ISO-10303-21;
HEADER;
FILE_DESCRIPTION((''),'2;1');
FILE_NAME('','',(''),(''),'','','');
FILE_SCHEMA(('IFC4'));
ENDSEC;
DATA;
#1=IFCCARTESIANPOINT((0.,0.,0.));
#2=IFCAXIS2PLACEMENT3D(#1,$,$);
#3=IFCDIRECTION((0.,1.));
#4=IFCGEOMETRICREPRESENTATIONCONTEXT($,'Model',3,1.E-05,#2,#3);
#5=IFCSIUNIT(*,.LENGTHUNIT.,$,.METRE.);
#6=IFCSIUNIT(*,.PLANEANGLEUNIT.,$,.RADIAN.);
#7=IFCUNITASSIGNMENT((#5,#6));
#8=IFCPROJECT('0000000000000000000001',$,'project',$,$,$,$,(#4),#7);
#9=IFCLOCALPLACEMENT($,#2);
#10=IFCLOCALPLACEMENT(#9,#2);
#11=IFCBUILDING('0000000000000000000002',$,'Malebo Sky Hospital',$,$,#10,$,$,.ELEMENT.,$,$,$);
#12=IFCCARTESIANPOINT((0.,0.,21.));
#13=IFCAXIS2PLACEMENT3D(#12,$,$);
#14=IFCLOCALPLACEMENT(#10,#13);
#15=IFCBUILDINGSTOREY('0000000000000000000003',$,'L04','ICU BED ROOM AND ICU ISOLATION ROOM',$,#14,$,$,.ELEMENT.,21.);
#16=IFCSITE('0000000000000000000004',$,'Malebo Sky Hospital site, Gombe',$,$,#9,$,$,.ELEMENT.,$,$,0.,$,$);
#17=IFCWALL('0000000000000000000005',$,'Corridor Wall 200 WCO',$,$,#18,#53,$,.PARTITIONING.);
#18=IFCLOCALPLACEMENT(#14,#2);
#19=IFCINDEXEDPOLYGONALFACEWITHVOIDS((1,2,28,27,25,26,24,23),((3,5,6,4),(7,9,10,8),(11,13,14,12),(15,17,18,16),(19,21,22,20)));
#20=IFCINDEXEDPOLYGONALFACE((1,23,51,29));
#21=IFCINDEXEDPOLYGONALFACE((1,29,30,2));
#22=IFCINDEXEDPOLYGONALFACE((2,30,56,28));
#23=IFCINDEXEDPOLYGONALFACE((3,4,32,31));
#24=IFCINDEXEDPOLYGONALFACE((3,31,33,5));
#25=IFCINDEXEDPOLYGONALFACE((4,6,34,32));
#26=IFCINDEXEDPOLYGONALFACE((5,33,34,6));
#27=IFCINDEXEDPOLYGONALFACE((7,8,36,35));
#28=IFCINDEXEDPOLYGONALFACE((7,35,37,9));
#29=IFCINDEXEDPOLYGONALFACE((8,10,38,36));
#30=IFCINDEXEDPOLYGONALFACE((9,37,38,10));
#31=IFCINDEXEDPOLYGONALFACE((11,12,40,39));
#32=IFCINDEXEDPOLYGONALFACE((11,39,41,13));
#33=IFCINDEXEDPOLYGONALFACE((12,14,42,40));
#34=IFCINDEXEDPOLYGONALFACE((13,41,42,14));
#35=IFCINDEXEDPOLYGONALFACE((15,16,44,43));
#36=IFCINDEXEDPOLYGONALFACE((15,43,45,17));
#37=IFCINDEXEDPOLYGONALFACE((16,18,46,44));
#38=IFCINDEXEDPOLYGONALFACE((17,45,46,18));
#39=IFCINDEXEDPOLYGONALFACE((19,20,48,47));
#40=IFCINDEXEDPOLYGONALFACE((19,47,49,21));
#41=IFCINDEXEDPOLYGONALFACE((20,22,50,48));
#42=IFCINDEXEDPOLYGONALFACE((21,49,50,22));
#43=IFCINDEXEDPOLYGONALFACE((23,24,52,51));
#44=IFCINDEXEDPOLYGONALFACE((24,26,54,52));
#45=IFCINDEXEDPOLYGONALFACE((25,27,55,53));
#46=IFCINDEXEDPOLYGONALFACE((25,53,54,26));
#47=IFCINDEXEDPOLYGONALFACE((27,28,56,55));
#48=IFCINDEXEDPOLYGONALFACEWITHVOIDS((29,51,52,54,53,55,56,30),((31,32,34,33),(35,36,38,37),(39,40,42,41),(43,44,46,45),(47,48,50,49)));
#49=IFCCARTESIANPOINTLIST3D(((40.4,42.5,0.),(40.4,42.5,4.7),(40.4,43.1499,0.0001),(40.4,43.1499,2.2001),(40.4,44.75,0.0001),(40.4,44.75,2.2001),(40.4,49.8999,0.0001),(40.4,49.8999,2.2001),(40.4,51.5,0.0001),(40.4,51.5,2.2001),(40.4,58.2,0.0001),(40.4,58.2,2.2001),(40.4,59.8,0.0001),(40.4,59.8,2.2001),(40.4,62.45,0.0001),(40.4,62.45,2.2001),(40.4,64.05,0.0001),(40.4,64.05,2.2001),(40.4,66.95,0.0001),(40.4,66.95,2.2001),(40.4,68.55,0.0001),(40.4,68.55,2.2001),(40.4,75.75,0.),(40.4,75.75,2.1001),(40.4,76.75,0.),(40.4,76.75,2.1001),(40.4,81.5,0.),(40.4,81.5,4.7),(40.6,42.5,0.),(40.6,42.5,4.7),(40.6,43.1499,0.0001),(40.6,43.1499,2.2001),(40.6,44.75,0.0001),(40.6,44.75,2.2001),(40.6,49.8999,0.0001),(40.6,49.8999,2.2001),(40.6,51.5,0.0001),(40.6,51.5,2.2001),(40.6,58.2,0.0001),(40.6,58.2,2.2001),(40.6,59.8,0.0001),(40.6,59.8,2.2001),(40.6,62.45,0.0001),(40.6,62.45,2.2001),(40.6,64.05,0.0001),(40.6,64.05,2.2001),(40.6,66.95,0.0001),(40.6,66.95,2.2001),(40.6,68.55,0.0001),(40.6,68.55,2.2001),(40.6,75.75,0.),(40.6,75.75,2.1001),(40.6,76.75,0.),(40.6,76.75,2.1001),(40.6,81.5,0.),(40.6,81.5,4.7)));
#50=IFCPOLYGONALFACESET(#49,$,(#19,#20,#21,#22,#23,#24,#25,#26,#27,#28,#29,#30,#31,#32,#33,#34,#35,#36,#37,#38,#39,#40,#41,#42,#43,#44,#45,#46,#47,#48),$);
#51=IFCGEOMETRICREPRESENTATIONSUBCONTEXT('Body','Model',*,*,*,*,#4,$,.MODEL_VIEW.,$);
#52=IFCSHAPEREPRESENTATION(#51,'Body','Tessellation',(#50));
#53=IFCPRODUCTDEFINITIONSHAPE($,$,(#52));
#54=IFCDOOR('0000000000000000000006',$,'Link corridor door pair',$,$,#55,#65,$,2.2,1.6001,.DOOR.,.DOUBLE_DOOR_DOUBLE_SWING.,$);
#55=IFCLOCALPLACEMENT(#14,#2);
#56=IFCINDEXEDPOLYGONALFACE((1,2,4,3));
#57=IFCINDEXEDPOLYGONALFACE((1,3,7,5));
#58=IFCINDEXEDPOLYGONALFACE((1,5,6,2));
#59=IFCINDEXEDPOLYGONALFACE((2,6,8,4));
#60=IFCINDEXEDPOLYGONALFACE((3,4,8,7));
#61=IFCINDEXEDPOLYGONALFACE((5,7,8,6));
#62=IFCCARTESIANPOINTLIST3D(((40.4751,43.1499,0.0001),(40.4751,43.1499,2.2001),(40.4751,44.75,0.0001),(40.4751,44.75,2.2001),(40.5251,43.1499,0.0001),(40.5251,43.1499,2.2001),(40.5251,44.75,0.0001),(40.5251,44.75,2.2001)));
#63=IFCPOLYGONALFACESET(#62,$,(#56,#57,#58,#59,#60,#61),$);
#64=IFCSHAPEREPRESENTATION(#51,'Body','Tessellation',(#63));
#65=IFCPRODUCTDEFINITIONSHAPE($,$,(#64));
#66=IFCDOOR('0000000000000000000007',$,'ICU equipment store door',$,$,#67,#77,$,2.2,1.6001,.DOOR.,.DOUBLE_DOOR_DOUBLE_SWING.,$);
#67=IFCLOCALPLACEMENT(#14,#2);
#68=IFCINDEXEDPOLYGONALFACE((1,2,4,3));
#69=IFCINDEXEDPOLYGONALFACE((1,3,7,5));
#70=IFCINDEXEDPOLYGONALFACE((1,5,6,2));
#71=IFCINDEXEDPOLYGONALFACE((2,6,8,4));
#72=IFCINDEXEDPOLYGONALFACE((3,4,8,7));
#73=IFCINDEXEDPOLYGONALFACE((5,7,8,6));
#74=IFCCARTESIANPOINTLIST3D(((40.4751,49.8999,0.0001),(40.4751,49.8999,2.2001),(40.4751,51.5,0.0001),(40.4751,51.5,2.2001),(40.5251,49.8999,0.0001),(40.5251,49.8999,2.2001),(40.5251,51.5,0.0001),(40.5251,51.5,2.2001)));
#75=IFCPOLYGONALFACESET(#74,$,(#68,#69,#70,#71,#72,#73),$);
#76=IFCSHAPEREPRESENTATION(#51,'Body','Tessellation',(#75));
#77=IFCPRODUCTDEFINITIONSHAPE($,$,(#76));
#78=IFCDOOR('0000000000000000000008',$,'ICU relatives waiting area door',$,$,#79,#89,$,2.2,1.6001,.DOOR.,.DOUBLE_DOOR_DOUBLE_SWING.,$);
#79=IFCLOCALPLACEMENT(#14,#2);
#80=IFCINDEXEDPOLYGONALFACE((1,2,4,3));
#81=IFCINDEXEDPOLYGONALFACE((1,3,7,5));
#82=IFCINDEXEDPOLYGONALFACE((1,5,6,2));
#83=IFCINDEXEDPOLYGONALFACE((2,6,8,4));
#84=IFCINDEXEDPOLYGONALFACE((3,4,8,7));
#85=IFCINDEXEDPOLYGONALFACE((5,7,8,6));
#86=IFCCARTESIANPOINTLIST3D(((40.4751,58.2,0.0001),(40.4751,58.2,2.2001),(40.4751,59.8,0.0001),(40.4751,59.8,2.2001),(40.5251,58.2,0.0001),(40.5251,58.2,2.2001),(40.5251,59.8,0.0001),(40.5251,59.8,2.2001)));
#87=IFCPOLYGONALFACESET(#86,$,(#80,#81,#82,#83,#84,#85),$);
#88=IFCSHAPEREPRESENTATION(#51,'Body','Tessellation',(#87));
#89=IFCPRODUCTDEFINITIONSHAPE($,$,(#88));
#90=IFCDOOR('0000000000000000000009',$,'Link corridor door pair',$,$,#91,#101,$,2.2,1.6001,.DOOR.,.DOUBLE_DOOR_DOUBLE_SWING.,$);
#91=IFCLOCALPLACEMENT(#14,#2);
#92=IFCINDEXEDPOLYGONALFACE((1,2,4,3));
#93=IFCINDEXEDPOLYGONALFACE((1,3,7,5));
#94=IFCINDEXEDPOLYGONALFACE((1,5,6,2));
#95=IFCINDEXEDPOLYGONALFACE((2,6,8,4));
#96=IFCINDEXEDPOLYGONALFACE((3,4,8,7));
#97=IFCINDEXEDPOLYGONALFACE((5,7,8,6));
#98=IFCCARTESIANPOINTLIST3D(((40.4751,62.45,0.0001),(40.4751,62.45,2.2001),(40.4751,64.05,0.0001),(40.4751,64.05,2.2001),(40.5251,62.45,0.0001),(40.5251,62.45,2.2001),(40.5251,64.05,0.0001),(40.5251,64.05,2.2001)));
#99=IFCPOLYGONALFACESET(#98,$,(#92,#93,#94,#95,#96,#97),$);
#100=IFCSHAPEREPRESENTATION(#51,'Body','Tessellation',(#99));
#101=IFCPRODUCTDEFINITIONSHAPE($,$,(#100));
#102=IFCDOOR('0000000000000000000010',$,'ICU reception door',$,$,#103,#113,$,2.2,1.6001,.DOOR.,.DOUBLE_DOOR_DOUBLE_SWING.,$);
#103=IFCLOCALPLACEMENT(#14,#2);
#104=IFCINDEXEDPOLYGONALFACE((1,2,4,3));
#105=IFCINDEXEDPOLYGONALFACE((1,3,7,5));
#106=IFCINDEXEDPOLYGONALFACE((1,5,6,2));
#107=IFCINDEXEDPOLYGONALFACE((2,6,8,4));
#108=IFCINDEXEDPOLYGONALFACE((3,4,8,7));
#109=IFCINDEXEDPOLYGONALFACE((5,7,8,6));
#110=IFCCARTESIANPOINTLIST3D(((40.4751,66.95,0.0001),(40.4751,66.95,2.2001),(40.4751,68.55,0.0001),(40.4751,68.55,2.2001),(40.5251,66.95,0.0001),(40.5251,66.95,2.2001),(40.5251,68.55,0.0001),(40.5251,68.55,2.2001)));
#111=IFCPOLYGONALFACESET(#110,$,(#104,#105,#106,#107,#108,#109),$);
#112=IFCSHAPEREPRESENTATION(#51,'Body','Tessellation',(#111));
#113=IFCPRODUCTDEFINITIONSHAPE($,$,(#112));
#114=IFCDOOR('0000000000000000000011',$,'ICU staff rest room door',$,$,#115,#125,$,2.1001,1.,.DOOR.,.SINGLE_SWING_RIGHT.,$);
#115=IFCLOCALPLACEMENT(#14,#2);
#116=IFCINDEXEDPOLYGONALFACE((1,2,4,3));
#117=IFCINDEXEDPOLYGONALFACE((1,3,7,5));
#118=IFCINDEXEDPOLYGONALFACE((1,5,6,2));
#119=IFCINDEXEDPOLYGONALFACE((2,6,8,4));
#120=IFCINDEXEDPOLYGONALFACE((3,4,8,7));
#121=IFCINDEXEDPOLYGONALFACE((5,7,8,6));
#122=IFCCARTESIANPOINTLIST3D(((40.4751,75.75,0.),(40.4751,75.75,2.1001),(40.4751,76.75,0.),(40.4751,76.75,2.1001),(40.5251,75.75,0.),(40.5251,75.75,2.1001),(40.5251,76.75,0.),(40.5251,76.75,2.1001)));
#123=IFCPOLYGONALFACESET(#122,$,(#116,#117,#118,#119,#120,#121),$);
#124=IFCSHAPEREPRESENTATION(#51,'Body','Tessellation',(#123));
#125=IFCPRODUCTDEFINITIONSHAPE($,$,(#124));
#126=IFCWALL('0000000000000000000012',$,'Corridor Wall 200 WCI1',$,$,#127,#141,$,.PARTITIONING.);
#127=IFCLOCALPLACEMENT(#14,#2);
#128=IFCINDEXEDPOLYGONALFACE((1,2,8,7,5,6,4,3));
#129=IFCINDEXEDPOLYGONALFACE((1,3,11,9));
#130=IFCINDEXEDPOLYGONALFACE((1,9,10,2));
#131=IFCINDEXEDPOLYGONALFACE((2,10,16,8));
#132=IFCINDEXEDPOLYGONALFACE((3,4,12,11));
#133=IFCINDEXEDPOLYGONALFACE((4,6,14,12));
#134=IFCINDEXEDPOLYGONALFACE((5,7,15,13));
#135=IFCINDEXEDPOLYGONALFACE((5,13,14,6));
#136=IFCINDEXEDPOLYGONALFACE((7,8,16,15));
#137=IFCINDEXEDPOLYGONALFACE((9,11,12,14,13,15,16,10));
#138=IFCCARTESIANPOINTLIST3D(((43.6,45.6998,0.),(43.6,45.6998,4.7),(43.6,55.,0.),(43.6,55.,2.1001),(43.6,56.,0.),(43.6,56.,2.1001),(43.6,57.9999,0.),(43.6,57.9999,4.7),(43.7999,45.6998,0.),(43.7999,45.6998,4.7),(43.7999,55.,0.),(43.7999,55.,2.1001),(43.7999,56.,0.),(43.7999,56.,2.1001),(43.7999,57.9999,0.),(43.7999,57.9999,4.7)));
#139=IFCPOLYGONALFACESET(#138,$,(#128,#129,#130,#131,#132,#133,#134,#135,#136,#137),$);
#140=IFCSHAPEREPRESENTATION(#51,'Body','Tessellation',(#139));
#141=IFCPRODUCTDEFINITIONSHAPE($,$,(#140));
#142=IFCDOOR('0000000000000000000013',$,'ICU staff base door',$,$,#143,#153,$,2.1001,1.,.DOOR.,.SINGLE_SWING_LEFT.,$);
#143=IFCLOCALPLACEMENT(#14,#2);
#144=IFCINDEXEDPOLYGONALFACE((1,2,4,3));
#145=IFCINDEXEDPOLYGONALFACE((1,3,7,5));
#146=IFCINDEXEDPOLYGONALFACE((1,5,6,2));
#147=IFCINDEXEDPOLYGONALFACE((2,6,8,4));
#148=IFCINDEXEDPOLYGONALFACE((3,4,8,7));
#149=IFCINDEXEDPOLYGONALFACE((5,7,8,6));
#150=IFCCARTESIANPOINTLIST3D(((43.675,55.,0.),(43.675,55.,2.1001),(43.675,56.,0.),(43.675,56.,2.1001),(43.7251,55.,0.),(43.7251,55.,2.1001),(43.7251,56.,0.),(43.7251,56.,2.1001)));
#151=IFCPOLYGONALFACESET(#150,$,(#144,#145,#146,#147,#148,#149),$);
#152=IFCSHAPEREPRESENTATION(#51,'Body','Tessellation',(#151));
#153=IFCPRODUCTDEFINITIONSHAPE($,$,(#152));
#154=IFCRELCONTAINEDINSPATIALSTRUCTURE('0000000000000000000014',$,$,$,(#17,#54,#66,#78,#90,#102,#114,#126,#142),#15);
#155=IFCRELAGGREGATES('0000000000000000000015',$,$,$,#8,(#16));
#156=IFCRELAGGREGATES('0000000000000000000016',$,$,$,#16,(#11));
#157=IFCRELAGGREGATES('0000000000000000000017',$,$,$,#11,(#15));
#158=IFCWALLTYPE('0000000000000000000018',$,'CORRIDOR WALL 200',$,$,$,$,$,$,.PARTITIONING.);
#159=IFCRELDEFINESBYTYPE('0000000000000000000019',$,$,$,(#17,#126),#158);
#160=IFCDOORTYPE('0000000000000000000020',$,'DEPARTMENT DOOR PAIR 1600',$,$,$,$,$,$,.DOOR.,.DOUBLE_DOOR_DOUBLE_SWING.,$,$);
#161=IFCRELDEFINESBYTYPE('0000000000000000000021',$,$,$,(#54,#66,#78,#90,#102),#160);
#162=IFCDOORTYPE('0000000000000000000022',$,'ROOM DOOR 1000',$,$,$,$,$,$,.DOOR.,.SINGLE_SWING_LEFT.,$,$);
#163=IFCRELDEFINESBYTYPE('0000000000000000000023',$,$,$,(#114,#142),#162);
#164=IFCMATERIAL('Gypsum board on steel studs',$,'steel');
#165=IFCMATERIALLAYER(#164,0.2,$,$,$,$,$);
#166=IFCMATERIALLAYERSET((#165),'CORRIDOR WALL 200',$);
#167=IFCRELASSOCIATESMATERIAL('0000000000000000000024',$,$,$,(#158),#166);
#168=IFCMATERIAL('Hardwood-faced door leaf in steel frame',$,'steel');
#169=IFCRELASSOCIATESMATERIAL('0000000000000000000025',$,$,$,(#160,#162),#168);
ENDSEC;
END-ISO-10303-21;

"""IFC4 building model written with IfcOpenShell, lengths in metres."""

from ifc_helpers import new_model, si_unit, direction, frame, frame_2d, origin, place, context, subcontext, project, spatial, rectangle, extrude, material, layer, layer_set, type_object, element, fill, save


model = new_model("IFC4")

# Units and contexts
model_context = context("Model", 3, precision=1e-05, world=origin(), true_north=direction((0.0, 1.0)))
body_context = subcontext(model_context, "Body", "Model", "MODEL_VIEW")
ifc_project = project(units=[si_unit("LENGTHUNIT", "METRE"), si_unit("PLANEANGLEUNIT", "RADIAN")], contexts=[model_context])

# Site, building, storey
site_placement = place(None, origin())
site = spatial("IfcSite", under=ifc_project, at=site_placement, Name="Malebo Sky Hospital site, Gombe", CompositionType="ELEMENT", RefElevation=0.0)
building_placement = place(site_placement, origin())
building = spatial("IfcBuilding", under=site, at=building_placement, Name="Malebo Sky Hospital", CompositionType="ELEMENT")
storey_placement = place(building_placement, frame((0.0, 0.0, 21.0)))
storey = spatial("IfcBuildingStorey", under=building, at=storey_placement, Name="L04", Description="ICU BED ROOM AND ICU ISOLATION ROOM", CompositionType="ELEMENT", Elevation=21.0)

# Wall, openings, doors
ifc_material_1 = material(Name="Gypsum board on steel studs", Category="steel")
ifc_layer_1 = layer(ifc_material_1, 0.2)
ifc_layer_set_1 = layer_set([ifc_layer_1], Name="CORRIDOR WALL 200")
wall_type_1 = type_object("IfcWallType", Name="CORRIDOR WALL 200", PredefinedType="PARTITIONING", material=ifc_layer_set_1)
wall_1_placement = place(storey_placement, frame((40.5, 42.5, 0.0), z_axis=(0.0, 0.0, 1.0), x_axis=(0.0, 1.0, 0.0)))
wall_1 = element("IfcWall", 1, at=wall_1_placement, inside=storey, type_object=wall_type_1, Name="Corridor Wall 200 WCO", PredefinedType="PARTITIONING", context=body_context, shape_type="SweptSolid", body=[
    extrude(rectangle(XDim=39.0, YDim=0.2, at=frame_2d((19.5, 0.0))), origin(), (0.0, 0.0, 1.0), 4.7),
])
opening_1_placement = place(wall_1_placement, frame((0.6499, 0.0, 0.0)))
opening_1 = element("IfcOpeningElement", 2, at=opening_1_placement, cuts=wall_1, PredefinedType="OPENING", context=body_context, shape_type="SweptSolid", body=[
    extrude(rectangle(XDim=1.6001, YDim=2.2, at=frame_2d((0.8, 1.1001))), frame((0.0, 0.1099, 0.0), z_axis=(0.0, -1.0, 0.0), x_axis=(1.0, 0.0, 0.0)), (0.0, 0.0, 1.0), 0.22),
])
opening_2_placement = place(wall_1_placement, frame((7.3999, 0.0, 0.0)))
opening_2 = element("IfcOpeningElement", 3, at=opening_2_placement, cuts=wall_1, PredefinedType="OPENING", context=body_context, shape_type="SweptSolid", body=[
    extrude(rectangle(XDim=1.6001, YDim=2.2, at=frame_2d((0.8, 1.1001))), frame((0.0, 0.1099, 0.0), z_axis=(0.0, -1.0, 0.0), x_axis=(1.0, 0.0, 0.0)), (0.0, 0.0, 1.0), 0.22),
])
opening_3_placement = place(wall_1_placement, frame((15.7, 0.0, 0.0)))
opening_3 = element("IfcOpeningElement", 4, at=opening_3_placement, cuts=wall_1, PredefinedType="OPENING", context=body_context, shape_type="SweptSolid", body=[
    extrude(rectangle(XDim=1.6001, YDim=2.2, at=frame_2d((0.8, 1.1001))), frame((0.0, 0.1099, 0.0), z_axis=(0.0, -1.0, 0.0), x_axis=(1.0, 0.0, 0.0)), (0.0, 0.0, 1.0), 0.22),
])
opening_4_placement = place(wall_1_placement, frame((19.95, 0.0, 0.0)))
opening_4 = element("IfcOpeningElement", 5, at=opening_4_placement, cuts=wall_1, PredefinedType="OPENING", context=body_context, shape_type="SweptSolid", body=[
    extrude(rectangle(XDim=1.6001, YDim=2.2, at=frame_2d((0.8, 1.1001))), frame((0.0, 0.1099, 0.0), z_axis=(0.0, -1.0, 0.0), x_axis=(1.0, 0.0, 0.0)), (0.0, 0.0, 1.0), 0.22),
])
opening_5_placement = place(wall_1_placement, frame((24.45, 0.0, 0.0)))
opening_5 = element("IfcOpeningElement", 6, at=opening_5_placement, cuts=wall_1, PredefinedType="OPENING", context=body_context, shape_type="SweptSolid", body=[
    extrude(rectangle(XDim=1.6001, YDim=2.2, at=frame_2d((0.8, 1.1001))), frame((0.0, 0.1099, 0.0), z_axis=(0.0, -1.0, 0.0), x_axis=(1.0, 0.0, 0.0)), (0.0, 0.0, 1.0), 0.22),
])
opening_6_placement = place(wall_1_placement, frame((33.25, 0.0, 0.0)))
opening_6 = element("IfcOpeningElement", 7, at=opening_6_placement, cuts=wall_1, PredefinedType="OPENING", context=body_context, shape_type="SweptSolid", body=[
    extrude(rectangle(XDim=1.0, YDim=2.1001, at=frame_2d((0.5, 1.05))), frame((0.0, 0.1099, 0.0), z_axis=(0.0, -1.0, 0.0), x_axis=(1.0, 0.0, 0.0)), (0.0, 0.0, 1.0), 0.22),
])
ifc_material_2 = material(Name="Hardwood-faced door leaf in steel frame", Category="steel")
door_type_1 = type_object("IfcDoorType", Name="DEPARTMENT DOOR PAIR 1600", OperationType="DOUBLE_DOOR_DOUBLE_SWING", PredefinedType="DOOR", material=ifc_material_2)
door_1_placement = place(opening_1_placement, origin())
door_1 = element("IfcDoor", 8, at=door_1_placement, inside=storey, type_object=door_type_1, Name="Link corridor door pair", OperationType="DOUBLE_DOOR_DOUBLE_SWING", OverallHeight=2.2, OverallWidth=1.6001, PredefinedType="DOOR", context=body_context, shape_type="SweptSolid", body=[
    extrude(rectangle(XDim=1.6001, YDim=2.2, at=frame_2d((0.8, 1.1001))), frame((0.0, 0.0249, 0.0), z_axis=(0.0, -1.0, 0.0), x_axis=(1.0, 0.0, 0.0)), (0.0, 0.0, 1.0), 0.05),
])
fill(opening_1, door_1)
door_2_placement = place(opening_2_placement, origin())
door_2 = element("IfcDoor", 9, at=door_2_placement, inside=storey, type_object=door_type_1, Name="ICU equipment store door", OperationType="DOUBLE_DOOR_DOUBLE_SWING", OverallHeight=2.2, OverallWidth=1.6001, PredefinedType="DOOR", context=body_context, shape_type="SweptSolid", body=[
    extrude(rectangle(XDim=1.6001, YDim=2.2, at=frame_2d((0.8, 1.1001))), frame((0.0, 0.0249, 0.0), z_axis=(0.0, -1.0, 0.0), x_axis=(1.0, 0.0, 0.0)), (0.0, 0.0, 1.0), 0.05),
])
fill(opening_2, door_2)
door_3_placement = place(opening_3_placement, origin())
door_3 = element("IfcDoor", 10, at=door_3_placement, inside=storey, type_object=door_type_1, Name="ICU relatives waiting area door", OperationType="DOUBLE_DOOR_DOUBLE_SWING", OverallHeight=2.2, OverallWidth=1.6001, PredefinedType="DOOR", context=body_context, shape_type="SweptSolid", body=[
    extrude(rectangle(XDim=1.6001, YDim=2.2, at=frame_2d((0.8, 1.1001))), frame((0.0, 0.0249, 0.0), z_axis=(0.0, -1.0, 0.0), x_axis=(1.0, 0.0, 0.0)), (0.0, 0.0, 1.0), 0.05),
])
fill(opening_3, door_3)
door_4_placement = place(opening_4_placement, origin())
door_4 = element("IfcDoor", 11, at=door_4_placement, inside=storey, type_object=door_type_1, Name="Link corridor door pair", OperationType="DOUBLE_DOOR_DOUBLE_SWING", OverallHeight=2.2, OverallWidth=1.6001, PredefinedType="DOOR", context=body_context, shape_type="SweptSolid", body=[
    extrude(rectangle(XDim=1.6001, YDim=2.2, at=frame_2d((0.8, 1.1001))), frame((0.0, 0.0249, 0.0), z_axis=(0.0, -1.0, 0.0), x_axis=(1.0, 0.0, 0.0)), (0.0, 0.0, 1.0), 0.05),
])
fill(opening_4, door_4)
door_5_placement = place(opening_5_placement, origin())
door_5 = element("IfcDoor", 12, at=door_5_placement, inside=storey, type_object=door_type_1, Name="ICU reception door", OperationType="DOUBLE_DOOR_DOUBLE_SWING", OverallHeight=2.2, OverallWidth=1.6001, PredefinedType="DOOR", context=body_context, shape_type="SweptSolid", body=[
    extrude(rectangle(XDim=1.6001, YDim=2.2, at=frame_2d((0.8, 1.1001))), frame((0.0, 0.0249, 0.0), z_axis=(0.0, -1.0, 0.0), x_axis=(1.0, 0.0, 0.0)), (0.0, 0.0, 1.0), 0.05),
])
fill(opening_5, door_5)
door_type_2 = type_object("IfcDoorType", Name="ROOM DOOR 1000", OperationType="SINGLE_SWING_LEFT", PredefinedType="DOOR", material=ifc_material_2)
door_6_placement = place(opening_6_placement, origin())
door_6 = element("IfcDoor", 13, at=door_6_placement, inside=storey, type_object=door_type_2, Name="ICU staff rest room door", OperationType="SINGLE_SWING_RIGHT", OverallHeight=2.1001, OverallWidth=1.0, PredefinedType="DOOR", context=body_context, shape_type="SweptSolid", body=[
    extrude(rectangle(XDim=1.0, YDim=2.1001, at=frame_2d((0.5, 1.05))), frame((0.0, 0.0249, 0.0), z_axis=(0.0, -1.0, 0.0), x_axis=(1.0, 0.0, 0.0)), (0.0, 0.0, 1.0), 0.05),
])
fill(opening_6, door_6)

# Wall, opening, door
wall_2_placement = place(storey_placement, frame((43.7, 45.7, 0.0), z_axis=(0.0, 0.0, 1.0), x_axis=(0.0, 1.0, 0.0)))
wall_2 = element("IfcWall", 14, at=wall_2_placement, inside=storey, type_object=wall_type_1, Name="Corridor Wall 200 WCI1", PredefinedType="PARTITIONING", context=body_context, shape_type="SweptSolid", body=[
    extrude(rectangle(XDim=12.3, YDim=0.2, at=frame_2d((6.1499, 0.0))), origin(), (0.0, 0.0, 1.0), 4.7),
])
opening_7_placement = place(wall_2_placement, frame((9.3, 0.0, 0.0)))
opening_7 = element("IfcOpeningElement", 15, at=opening_7_placement, cuts=wall_2, PredefinedType="OPENING", context=body_context, shape_type="SweptSolid", body=[
    extrude(rectangle(XDim=1.0, YDim=2.1001, at=frame_2d((0.5, 1.05))), frame((0.0, 0.1099, 0.0), z_axis=(0.0, -1.0, 0.0), x_axis=(1.0, 0.0, 0.0)), (0.0, 0.0, 1.0), 0.22),
])
door_7_placement = place(opening_7_placement, origin())
door_7 = element("IfcDoor", 16, at=door_7_placement, inside=storey, type_object=door_type_2, Name="ICU staff base door", OperationType="SINGLE_SWING_LEFT", OverallHeight=2.1001, OverallWidth=1.0, PredefinedType="DOOR", context=body_context, shape_type="SweptSolid", body=[
    extrude(rectangle(XDim=1.0, YDim=2.1001, at=frame_2d((0.5, 1.05))), frame((0.0, 0.0249, 0.0), z_axis=(0.0, -1.0, 0.0), x_axis=(1.0, 0.0, 0.0)), (0.0, 0.0, 1.0), 0.05),
])
fill(opening_7, door_7)

save(model, "model.ifc")
